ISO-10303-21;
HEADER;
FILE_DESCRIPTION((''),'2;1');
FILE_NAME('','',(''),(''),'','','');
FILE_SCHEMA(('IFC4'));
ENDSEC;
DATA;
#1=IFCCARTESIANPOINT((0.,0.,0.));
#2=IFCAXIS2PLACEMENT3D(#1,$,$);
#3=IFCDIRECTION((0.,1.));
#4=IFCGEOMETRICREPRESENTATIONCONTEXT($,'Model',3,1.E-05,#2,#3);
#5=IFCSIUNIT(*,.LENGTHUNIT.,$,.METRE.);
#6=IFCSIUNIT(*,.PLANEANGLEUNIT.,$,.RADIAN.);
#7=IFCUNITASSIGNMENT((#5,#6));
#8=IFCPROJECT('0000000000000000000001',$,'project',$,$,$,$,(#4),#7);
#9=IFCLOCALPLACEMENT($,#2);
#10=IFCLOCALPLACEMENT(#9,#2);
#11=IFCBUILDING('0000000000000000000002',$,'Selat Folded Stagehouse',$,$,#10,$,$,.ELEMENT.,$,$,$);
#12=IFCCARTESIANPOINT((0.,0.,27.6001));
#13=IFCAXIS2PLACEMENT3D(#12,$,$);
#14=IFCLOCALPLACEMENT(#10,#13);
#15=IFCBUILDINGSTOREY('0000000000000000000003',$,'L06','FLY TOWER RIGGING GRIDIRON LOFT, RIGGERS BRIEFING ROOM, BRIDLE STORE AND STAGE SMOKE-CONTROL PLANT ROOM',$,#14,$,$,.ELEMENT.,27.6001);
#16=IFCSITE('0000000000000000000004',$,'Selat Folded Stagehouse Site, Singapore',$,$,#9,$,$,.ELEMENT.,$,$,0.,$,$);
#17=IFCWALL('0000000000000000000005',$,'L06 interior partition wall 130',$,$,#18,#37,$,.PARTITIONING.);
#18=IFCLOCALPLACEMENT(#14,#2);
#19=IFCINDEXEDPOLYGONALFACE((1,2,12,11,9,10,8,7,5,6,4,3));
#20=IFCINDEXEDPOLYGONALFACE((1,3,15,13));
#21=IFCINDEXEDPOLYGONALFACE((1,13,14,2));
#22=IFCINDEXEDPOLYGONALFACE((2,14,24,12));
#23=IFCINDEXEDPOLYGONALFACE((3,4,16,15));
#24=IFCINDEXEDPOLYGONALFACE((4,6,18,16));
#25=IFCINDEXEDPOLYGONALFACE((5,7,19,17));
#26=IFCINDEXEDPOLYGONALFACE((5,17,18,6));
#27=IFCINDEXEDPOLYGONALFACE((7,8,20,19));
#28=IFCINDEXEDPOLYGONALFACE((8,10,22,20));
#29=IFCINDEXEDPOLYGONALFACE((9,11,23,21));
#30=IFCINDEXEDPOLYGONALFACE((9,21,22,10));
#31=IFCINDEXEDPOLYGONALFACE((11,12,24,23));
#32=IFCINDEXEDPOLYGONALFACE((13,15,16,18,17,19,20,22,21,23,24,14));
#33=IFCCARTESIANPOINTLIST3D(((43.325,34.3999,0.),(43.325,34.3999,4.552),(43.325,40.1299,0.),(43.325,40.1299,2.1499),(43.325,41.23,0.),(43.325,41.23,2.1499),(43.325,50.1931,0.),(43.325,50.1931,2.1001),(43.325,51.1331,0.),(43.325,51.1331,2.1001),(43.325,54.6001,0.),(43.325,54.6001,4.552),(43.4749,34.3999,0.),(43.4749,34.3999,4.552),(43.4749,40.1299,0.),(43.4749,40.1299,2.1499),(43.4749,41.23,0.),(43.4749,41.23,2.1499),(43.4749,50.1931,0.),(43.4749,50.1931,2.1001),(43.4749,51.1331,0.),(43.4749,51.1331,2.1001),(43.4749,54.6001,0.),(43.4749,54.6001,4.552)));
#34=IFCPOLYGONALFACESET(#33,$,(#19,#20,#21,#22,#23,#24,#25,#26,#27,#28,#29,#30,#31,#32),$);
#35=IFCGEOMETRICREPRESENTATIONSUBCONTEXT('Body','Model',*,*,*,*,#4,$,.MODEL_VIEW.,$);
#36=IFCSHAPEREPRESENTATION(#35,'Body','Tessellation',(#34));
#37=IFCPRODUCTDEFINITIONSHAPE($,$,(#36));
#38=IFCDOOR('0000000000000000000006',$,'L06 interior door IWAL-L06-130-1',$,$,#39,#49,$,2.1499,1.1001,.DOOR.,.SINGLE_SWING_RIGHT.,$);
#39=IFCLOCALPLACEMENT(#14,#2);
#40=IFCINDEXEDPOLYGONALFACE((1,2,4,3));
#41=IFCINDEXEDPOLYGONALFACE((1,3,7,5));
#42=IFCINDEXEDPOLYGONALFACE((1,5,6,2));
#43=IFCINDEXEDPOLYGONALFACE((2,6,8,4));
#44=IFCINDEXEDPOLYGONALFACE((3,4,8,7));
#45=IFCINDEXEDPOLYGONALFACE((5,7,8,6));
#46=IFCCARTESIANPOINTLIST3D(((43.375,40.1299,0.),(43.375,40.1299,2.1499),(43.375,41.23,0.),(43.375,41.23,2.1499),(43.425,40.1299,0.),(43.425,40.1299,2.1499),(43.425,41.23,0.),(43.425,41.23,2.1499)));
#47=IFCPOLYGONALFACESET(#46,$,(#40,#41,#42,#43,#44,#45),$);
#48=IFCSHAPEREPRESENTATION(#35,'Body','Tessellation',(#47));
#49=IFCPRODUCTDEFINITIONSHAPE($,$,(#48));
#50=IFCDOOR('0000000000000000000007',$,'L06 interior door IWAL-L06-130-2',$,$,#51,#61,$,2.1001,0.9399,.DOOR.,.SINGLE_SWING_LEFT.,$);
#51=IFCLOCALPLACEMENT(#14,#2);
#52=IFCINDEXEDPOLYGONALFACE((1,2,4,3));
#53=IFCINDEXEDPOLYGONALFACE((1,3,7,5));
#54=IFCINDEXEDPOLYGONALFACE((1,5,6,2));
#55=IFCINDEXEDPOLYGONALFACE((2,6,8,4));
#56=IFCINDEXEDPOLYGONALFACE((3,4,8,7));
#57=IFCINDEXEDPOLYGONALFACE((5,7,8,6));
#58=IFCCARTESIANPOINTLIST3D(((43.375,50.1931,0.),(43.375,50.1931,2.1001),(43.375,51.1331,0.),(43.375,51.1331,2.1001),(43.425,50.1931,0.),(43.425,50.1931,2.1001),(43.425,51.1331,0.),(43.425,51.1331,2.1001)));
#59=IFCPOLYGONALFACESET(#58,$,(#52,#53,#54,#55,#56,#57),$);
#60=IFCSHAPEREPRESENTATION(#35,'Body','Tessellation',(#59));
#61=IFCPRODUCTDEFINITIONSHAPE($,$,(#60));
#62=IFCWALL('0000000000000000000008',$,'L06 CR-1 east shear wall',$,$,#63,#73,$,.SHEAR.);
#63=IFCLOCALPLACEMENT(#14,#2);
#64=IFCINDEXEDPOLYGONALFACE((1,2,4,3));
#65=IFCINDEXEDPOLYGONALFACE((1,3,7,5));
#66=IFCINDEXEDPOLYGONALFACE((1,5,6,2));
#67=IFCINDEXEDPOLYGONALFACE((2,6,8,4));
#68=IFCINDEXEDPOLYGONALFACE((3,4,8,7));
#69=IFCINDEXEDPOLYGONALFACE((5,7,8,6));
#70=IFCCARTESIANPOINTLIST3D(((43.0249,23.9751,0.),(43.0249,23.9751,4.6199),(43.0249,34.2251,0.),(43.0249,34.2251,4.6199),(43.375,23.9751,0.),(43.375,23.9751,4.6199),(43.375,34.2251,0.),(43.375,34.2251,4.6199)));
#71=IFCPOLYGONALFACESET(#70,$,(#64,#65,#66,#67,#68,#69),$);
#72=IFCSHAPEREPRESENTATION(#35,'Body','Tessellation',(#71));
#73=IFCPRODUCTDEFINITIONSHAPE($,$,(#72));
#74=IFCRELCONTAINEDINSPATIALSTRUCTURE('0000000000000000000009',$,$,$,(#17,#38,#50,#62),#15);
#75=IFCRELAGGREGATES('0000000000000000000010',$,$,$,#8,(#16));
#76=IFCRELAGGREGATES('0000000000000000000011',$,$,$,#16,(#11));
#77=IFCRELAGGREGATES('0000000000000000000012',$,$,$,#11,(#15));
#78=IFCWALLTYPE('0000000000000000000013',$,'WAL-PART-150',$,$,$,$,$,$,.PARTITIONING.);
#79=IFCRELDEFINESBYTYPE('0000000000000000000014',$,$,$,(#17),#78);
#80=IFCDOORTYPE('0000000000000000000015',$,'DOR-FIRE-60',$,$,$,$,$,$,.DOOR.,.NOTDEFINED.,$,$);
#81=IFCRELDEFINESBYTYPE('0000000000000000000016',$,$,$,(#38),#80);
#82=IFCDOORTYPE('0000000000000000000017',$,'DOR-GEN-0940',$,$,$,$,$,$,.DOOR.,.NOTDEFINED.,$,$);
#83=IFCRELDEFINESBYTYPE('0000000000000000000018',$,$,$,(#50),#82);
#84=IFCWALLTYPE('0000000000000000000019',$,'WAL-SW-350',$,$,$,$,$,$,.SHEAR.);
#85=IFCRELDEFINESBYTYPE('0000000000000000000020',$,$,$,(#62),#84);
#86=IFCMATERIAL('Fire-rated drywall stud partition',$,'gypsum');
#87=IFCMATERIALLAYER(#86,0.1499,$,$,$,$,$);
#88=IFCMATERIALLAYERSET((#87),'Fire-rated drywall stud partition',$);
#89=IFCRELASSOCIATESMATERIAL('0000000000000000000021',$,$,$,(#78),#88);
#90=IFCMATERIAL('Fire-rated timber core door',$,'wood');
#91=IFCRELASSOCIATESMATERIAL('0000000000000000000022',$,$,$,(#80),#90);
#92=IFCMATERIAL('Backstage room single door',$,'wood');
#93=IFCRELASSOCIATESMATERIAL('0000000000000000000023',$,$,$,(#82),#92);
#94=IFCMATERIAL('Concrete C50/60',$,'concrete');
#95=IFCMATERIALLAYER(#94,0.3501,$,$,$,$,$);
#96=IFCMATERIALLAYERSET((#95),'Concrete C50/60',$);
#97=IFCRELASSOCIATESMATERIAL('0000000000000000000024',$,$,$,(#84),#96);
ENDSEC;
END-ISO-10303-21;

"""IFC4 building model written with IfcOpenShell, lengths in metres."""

from ifc_helpers import new_model, si_unit, direction, frame, frame_2d, origin, place, context, subcontext, project, spatial, rectangle, extrude, material, layer, layer_set, type_object, element, fill, save


model = new_model("IFC4")

# Units and contexts
model_context = context("Model", 3, precision=1e-05, world=origin(), true_north=direction((0.0, 1.0)))
body_context = subcontext(model_context, "Body", "Model", "MODEL_VIEW")
ifc_project = project(units=[si_unit("LENGTHUNIT", "METRE"), si_unit("PLANEANGLEUNIT", "RADIAN")], contexts=[model_context])

# Site, building, storey
site_placement = place(None, origin())
site = spatial("IfcSite", under=ifc_project, at=site_placement, Name="Selat Folded Stagehouse Site, Singapore", CompositionType="ELEMENT", RefElevation=0.0)
building_placement = place(site_placement, origin())
building = spatial("IfcBuilding", under=site, at=building_placement, Name="Selat Folded Stagehouse", CompositionType="ELEMENT")
storey_placement = place(building_placement, frame((0.0, 0.0, 27.6001)))
storey = spatial("IfcBuildingStorey", under=building, at=storey_placement, Name="L06", Description="FLY TOWER RIGGING GRIDIRON LOFT, RIGGERS BRIEFING ROOM, BRIDLE STORE AND STAGE SMOKE-CONTROL PLANT ROOM", CompositionType="ELEMENT", Elevation=27.6001)

# Wall, openings, doors
ifc_material_1 = material(Name="Fire-rated drywall stud partition", Category="gypsum")
ifc_layer_1 = layer(ifc_material_1, 0.1499)
ifc_layer_set_1 = layer_set([ifc_layer_1], Name="Fire-rated drywall stud partition")
wall_type_1 = type_object("IfcWallType", Name="WAL-PART-150", PredefinedType="PARTITIONING", material=ifc_layer_set_1)
wall_1_placement = place(storey_placement, frame((43.3999, 34.3999, 0.0), z_axis=(0.0, 0.0, 1.0), x_axis=(0.0, 1.0, 0.0)))
wall_1 = element("IfcWall", 1, at=wall_1_placement, inside=storey, type_object=wall_type_1, Name="L06 interior partition wall 130", PredefinedType="PARTITIONING", context=body_context, shape_type="SweptSolid", body=[
    extrude(rectangle(XDim=20.2002, YDim=0.1499, at=frame_2d((10.1001, 0.0))), origin(), (0.0, 0.0, 1.0), 4.552),
])
opening_1_placement = place(wall_1_placement, frame((5.73, 0.0, 0.0)))
opening_1 = element("IfcOpeningElement", 2, at=opening_1_placement, cuts=wall_1, PredefinedType="OPENING", context=body_context, shape_type="SweptSolid", body=[
    extrude(rectangle(XDim=1.1001, YDim=2.1499, at=frame_2d((0.55, 1.075))), frame((0.0, 0.085, 0.0), z_axis=(0.0, -1.0, 0.0), x_axis=(1.0, 0.0, 0.0)), (0.0, 0.0, 1.0), 0.1699),
])
opening_2_placement = place(wall_1_placement, frame((15.7932, 0.0, 0.0)))
opening_2 = element("IfcOpeningElement", 3, at=opening_2_placement, cuts=wall_1, PredefinedType="OPENING", context=body_context, shape_type="SweptSolid", body=[
    extrude(rectangle(XDim=0.9399, YDim=2.1001, at=frame_2d((0.47, 1.05))), frame((0.0, 0.085, 0.0), z_axis=(0.0, -1.0, 0.0), x_axis=(1.0, 0.0, 0.0)), (0.0, 0.0, 1.0), 0.1699),
])
ifc_material_2 = material(Name="Fire-rated timber core door", Category="wood")
door_type_1 = type_object("IfcDoorType", Name="DOR-FIRE-60", OperationType="NOTDEFINED", PredefinedType="DOOR", material=ifc_material_2)
door_1_placement = place(opening_1_placement, origin())
door_1 = element("IfcDoor", 4, at=door_1_placement, inside=storey, type_object=door_type_1, Name="L06 interior door IWAL-L06-130-1", OperationType="SINGLE_SWING_RIGHT", OverallHeight=2.1499, OverallWidth=1.1001, PredefinedType="DOOR", context=body_context, shape_type="SweptSolid", body=[
    extrude(rectangle(XDim=1.1001, YDim=2.1499, at=frame_2d((0.55, 1.075))), frame((0.0, 0.0249, 0.0), z_axis=(0.0, -1.0, 0.0), x_axis=(1.0, 0.0, 0.0)), (0.0, 0.0, 1.0), 0.05),
])
fill(opening_1, door_1)
ifc_material_3 = material(Name="Backstage room single door", Category="wood")
door_type_2 = type_object("IfcDoorType", Name="DOR-GEN-0940", OperationType="NOTDEFINED", PredefinedType="DOOR", material=ifc_material_3)
door_2_placement = place(opening_2_placement, origin())
door_2 = element("IfcDoor", 5, at=door_2_placement, inside=storey, type_object=door_type_2, Name="L06 interior door IWAL-L06-130-2", OperationType="SINGLE_SWING_LEFT", OverallHeight=2.1001, OverallWidth=0.9399, PredefinedType="DOOR", context=body_context, shape_type="SweptSolid", body=[
    extrude(rectangle(XDim=0.9399, YDim=2.1001, at=frame_2d((0.47, 1.05))), frame((0.0, 0.0249, 0.0), z_axis=(0.0, -1.0, 0.0), x_axis=(1.0, 0.0, 0.0)), (0.0, 0.0, 1.0), 0.05),
])
fill(opening_2, door_2)

# Shared definitions
ifc_material_4 = material(Name="Concrete C50/60", Category="concrete")
ifc_layer_2 = layer(ifc_material_4, 0.3501)
ifc_layer_set_2 = layer_set([ifc_layer_2], Name="Concrete C50/60")
wall_type_2 = type_object("IfcWallType", Name="WAL-SW-350", PredefinedType="SHEAR", material=ifc_layer_set_2)

# Wall
wall_2_placement = place(storey_placement, frame((43.2, 34.2251, 0.0), z_axis=(0.0, 0.0, 1.0), x_axis=(0.0, -1.0, 0.0)))
element("IfcWall", 6, at=wall_2_placement, inside=storey, type_object=wall_type_2, Name="L06 CR-1 east shear wall", PredefinedType="SHEAR", context=body_context, shape_type="SweptSolid", body=[
    extrude(rectangle(XDim=10.25, YDim=0.3501, at=frame_2d((5.125, 0.0))), origin(), (0.0, 0.0, 1.0), 4.6199),
])

save(model, "model.ifc")
